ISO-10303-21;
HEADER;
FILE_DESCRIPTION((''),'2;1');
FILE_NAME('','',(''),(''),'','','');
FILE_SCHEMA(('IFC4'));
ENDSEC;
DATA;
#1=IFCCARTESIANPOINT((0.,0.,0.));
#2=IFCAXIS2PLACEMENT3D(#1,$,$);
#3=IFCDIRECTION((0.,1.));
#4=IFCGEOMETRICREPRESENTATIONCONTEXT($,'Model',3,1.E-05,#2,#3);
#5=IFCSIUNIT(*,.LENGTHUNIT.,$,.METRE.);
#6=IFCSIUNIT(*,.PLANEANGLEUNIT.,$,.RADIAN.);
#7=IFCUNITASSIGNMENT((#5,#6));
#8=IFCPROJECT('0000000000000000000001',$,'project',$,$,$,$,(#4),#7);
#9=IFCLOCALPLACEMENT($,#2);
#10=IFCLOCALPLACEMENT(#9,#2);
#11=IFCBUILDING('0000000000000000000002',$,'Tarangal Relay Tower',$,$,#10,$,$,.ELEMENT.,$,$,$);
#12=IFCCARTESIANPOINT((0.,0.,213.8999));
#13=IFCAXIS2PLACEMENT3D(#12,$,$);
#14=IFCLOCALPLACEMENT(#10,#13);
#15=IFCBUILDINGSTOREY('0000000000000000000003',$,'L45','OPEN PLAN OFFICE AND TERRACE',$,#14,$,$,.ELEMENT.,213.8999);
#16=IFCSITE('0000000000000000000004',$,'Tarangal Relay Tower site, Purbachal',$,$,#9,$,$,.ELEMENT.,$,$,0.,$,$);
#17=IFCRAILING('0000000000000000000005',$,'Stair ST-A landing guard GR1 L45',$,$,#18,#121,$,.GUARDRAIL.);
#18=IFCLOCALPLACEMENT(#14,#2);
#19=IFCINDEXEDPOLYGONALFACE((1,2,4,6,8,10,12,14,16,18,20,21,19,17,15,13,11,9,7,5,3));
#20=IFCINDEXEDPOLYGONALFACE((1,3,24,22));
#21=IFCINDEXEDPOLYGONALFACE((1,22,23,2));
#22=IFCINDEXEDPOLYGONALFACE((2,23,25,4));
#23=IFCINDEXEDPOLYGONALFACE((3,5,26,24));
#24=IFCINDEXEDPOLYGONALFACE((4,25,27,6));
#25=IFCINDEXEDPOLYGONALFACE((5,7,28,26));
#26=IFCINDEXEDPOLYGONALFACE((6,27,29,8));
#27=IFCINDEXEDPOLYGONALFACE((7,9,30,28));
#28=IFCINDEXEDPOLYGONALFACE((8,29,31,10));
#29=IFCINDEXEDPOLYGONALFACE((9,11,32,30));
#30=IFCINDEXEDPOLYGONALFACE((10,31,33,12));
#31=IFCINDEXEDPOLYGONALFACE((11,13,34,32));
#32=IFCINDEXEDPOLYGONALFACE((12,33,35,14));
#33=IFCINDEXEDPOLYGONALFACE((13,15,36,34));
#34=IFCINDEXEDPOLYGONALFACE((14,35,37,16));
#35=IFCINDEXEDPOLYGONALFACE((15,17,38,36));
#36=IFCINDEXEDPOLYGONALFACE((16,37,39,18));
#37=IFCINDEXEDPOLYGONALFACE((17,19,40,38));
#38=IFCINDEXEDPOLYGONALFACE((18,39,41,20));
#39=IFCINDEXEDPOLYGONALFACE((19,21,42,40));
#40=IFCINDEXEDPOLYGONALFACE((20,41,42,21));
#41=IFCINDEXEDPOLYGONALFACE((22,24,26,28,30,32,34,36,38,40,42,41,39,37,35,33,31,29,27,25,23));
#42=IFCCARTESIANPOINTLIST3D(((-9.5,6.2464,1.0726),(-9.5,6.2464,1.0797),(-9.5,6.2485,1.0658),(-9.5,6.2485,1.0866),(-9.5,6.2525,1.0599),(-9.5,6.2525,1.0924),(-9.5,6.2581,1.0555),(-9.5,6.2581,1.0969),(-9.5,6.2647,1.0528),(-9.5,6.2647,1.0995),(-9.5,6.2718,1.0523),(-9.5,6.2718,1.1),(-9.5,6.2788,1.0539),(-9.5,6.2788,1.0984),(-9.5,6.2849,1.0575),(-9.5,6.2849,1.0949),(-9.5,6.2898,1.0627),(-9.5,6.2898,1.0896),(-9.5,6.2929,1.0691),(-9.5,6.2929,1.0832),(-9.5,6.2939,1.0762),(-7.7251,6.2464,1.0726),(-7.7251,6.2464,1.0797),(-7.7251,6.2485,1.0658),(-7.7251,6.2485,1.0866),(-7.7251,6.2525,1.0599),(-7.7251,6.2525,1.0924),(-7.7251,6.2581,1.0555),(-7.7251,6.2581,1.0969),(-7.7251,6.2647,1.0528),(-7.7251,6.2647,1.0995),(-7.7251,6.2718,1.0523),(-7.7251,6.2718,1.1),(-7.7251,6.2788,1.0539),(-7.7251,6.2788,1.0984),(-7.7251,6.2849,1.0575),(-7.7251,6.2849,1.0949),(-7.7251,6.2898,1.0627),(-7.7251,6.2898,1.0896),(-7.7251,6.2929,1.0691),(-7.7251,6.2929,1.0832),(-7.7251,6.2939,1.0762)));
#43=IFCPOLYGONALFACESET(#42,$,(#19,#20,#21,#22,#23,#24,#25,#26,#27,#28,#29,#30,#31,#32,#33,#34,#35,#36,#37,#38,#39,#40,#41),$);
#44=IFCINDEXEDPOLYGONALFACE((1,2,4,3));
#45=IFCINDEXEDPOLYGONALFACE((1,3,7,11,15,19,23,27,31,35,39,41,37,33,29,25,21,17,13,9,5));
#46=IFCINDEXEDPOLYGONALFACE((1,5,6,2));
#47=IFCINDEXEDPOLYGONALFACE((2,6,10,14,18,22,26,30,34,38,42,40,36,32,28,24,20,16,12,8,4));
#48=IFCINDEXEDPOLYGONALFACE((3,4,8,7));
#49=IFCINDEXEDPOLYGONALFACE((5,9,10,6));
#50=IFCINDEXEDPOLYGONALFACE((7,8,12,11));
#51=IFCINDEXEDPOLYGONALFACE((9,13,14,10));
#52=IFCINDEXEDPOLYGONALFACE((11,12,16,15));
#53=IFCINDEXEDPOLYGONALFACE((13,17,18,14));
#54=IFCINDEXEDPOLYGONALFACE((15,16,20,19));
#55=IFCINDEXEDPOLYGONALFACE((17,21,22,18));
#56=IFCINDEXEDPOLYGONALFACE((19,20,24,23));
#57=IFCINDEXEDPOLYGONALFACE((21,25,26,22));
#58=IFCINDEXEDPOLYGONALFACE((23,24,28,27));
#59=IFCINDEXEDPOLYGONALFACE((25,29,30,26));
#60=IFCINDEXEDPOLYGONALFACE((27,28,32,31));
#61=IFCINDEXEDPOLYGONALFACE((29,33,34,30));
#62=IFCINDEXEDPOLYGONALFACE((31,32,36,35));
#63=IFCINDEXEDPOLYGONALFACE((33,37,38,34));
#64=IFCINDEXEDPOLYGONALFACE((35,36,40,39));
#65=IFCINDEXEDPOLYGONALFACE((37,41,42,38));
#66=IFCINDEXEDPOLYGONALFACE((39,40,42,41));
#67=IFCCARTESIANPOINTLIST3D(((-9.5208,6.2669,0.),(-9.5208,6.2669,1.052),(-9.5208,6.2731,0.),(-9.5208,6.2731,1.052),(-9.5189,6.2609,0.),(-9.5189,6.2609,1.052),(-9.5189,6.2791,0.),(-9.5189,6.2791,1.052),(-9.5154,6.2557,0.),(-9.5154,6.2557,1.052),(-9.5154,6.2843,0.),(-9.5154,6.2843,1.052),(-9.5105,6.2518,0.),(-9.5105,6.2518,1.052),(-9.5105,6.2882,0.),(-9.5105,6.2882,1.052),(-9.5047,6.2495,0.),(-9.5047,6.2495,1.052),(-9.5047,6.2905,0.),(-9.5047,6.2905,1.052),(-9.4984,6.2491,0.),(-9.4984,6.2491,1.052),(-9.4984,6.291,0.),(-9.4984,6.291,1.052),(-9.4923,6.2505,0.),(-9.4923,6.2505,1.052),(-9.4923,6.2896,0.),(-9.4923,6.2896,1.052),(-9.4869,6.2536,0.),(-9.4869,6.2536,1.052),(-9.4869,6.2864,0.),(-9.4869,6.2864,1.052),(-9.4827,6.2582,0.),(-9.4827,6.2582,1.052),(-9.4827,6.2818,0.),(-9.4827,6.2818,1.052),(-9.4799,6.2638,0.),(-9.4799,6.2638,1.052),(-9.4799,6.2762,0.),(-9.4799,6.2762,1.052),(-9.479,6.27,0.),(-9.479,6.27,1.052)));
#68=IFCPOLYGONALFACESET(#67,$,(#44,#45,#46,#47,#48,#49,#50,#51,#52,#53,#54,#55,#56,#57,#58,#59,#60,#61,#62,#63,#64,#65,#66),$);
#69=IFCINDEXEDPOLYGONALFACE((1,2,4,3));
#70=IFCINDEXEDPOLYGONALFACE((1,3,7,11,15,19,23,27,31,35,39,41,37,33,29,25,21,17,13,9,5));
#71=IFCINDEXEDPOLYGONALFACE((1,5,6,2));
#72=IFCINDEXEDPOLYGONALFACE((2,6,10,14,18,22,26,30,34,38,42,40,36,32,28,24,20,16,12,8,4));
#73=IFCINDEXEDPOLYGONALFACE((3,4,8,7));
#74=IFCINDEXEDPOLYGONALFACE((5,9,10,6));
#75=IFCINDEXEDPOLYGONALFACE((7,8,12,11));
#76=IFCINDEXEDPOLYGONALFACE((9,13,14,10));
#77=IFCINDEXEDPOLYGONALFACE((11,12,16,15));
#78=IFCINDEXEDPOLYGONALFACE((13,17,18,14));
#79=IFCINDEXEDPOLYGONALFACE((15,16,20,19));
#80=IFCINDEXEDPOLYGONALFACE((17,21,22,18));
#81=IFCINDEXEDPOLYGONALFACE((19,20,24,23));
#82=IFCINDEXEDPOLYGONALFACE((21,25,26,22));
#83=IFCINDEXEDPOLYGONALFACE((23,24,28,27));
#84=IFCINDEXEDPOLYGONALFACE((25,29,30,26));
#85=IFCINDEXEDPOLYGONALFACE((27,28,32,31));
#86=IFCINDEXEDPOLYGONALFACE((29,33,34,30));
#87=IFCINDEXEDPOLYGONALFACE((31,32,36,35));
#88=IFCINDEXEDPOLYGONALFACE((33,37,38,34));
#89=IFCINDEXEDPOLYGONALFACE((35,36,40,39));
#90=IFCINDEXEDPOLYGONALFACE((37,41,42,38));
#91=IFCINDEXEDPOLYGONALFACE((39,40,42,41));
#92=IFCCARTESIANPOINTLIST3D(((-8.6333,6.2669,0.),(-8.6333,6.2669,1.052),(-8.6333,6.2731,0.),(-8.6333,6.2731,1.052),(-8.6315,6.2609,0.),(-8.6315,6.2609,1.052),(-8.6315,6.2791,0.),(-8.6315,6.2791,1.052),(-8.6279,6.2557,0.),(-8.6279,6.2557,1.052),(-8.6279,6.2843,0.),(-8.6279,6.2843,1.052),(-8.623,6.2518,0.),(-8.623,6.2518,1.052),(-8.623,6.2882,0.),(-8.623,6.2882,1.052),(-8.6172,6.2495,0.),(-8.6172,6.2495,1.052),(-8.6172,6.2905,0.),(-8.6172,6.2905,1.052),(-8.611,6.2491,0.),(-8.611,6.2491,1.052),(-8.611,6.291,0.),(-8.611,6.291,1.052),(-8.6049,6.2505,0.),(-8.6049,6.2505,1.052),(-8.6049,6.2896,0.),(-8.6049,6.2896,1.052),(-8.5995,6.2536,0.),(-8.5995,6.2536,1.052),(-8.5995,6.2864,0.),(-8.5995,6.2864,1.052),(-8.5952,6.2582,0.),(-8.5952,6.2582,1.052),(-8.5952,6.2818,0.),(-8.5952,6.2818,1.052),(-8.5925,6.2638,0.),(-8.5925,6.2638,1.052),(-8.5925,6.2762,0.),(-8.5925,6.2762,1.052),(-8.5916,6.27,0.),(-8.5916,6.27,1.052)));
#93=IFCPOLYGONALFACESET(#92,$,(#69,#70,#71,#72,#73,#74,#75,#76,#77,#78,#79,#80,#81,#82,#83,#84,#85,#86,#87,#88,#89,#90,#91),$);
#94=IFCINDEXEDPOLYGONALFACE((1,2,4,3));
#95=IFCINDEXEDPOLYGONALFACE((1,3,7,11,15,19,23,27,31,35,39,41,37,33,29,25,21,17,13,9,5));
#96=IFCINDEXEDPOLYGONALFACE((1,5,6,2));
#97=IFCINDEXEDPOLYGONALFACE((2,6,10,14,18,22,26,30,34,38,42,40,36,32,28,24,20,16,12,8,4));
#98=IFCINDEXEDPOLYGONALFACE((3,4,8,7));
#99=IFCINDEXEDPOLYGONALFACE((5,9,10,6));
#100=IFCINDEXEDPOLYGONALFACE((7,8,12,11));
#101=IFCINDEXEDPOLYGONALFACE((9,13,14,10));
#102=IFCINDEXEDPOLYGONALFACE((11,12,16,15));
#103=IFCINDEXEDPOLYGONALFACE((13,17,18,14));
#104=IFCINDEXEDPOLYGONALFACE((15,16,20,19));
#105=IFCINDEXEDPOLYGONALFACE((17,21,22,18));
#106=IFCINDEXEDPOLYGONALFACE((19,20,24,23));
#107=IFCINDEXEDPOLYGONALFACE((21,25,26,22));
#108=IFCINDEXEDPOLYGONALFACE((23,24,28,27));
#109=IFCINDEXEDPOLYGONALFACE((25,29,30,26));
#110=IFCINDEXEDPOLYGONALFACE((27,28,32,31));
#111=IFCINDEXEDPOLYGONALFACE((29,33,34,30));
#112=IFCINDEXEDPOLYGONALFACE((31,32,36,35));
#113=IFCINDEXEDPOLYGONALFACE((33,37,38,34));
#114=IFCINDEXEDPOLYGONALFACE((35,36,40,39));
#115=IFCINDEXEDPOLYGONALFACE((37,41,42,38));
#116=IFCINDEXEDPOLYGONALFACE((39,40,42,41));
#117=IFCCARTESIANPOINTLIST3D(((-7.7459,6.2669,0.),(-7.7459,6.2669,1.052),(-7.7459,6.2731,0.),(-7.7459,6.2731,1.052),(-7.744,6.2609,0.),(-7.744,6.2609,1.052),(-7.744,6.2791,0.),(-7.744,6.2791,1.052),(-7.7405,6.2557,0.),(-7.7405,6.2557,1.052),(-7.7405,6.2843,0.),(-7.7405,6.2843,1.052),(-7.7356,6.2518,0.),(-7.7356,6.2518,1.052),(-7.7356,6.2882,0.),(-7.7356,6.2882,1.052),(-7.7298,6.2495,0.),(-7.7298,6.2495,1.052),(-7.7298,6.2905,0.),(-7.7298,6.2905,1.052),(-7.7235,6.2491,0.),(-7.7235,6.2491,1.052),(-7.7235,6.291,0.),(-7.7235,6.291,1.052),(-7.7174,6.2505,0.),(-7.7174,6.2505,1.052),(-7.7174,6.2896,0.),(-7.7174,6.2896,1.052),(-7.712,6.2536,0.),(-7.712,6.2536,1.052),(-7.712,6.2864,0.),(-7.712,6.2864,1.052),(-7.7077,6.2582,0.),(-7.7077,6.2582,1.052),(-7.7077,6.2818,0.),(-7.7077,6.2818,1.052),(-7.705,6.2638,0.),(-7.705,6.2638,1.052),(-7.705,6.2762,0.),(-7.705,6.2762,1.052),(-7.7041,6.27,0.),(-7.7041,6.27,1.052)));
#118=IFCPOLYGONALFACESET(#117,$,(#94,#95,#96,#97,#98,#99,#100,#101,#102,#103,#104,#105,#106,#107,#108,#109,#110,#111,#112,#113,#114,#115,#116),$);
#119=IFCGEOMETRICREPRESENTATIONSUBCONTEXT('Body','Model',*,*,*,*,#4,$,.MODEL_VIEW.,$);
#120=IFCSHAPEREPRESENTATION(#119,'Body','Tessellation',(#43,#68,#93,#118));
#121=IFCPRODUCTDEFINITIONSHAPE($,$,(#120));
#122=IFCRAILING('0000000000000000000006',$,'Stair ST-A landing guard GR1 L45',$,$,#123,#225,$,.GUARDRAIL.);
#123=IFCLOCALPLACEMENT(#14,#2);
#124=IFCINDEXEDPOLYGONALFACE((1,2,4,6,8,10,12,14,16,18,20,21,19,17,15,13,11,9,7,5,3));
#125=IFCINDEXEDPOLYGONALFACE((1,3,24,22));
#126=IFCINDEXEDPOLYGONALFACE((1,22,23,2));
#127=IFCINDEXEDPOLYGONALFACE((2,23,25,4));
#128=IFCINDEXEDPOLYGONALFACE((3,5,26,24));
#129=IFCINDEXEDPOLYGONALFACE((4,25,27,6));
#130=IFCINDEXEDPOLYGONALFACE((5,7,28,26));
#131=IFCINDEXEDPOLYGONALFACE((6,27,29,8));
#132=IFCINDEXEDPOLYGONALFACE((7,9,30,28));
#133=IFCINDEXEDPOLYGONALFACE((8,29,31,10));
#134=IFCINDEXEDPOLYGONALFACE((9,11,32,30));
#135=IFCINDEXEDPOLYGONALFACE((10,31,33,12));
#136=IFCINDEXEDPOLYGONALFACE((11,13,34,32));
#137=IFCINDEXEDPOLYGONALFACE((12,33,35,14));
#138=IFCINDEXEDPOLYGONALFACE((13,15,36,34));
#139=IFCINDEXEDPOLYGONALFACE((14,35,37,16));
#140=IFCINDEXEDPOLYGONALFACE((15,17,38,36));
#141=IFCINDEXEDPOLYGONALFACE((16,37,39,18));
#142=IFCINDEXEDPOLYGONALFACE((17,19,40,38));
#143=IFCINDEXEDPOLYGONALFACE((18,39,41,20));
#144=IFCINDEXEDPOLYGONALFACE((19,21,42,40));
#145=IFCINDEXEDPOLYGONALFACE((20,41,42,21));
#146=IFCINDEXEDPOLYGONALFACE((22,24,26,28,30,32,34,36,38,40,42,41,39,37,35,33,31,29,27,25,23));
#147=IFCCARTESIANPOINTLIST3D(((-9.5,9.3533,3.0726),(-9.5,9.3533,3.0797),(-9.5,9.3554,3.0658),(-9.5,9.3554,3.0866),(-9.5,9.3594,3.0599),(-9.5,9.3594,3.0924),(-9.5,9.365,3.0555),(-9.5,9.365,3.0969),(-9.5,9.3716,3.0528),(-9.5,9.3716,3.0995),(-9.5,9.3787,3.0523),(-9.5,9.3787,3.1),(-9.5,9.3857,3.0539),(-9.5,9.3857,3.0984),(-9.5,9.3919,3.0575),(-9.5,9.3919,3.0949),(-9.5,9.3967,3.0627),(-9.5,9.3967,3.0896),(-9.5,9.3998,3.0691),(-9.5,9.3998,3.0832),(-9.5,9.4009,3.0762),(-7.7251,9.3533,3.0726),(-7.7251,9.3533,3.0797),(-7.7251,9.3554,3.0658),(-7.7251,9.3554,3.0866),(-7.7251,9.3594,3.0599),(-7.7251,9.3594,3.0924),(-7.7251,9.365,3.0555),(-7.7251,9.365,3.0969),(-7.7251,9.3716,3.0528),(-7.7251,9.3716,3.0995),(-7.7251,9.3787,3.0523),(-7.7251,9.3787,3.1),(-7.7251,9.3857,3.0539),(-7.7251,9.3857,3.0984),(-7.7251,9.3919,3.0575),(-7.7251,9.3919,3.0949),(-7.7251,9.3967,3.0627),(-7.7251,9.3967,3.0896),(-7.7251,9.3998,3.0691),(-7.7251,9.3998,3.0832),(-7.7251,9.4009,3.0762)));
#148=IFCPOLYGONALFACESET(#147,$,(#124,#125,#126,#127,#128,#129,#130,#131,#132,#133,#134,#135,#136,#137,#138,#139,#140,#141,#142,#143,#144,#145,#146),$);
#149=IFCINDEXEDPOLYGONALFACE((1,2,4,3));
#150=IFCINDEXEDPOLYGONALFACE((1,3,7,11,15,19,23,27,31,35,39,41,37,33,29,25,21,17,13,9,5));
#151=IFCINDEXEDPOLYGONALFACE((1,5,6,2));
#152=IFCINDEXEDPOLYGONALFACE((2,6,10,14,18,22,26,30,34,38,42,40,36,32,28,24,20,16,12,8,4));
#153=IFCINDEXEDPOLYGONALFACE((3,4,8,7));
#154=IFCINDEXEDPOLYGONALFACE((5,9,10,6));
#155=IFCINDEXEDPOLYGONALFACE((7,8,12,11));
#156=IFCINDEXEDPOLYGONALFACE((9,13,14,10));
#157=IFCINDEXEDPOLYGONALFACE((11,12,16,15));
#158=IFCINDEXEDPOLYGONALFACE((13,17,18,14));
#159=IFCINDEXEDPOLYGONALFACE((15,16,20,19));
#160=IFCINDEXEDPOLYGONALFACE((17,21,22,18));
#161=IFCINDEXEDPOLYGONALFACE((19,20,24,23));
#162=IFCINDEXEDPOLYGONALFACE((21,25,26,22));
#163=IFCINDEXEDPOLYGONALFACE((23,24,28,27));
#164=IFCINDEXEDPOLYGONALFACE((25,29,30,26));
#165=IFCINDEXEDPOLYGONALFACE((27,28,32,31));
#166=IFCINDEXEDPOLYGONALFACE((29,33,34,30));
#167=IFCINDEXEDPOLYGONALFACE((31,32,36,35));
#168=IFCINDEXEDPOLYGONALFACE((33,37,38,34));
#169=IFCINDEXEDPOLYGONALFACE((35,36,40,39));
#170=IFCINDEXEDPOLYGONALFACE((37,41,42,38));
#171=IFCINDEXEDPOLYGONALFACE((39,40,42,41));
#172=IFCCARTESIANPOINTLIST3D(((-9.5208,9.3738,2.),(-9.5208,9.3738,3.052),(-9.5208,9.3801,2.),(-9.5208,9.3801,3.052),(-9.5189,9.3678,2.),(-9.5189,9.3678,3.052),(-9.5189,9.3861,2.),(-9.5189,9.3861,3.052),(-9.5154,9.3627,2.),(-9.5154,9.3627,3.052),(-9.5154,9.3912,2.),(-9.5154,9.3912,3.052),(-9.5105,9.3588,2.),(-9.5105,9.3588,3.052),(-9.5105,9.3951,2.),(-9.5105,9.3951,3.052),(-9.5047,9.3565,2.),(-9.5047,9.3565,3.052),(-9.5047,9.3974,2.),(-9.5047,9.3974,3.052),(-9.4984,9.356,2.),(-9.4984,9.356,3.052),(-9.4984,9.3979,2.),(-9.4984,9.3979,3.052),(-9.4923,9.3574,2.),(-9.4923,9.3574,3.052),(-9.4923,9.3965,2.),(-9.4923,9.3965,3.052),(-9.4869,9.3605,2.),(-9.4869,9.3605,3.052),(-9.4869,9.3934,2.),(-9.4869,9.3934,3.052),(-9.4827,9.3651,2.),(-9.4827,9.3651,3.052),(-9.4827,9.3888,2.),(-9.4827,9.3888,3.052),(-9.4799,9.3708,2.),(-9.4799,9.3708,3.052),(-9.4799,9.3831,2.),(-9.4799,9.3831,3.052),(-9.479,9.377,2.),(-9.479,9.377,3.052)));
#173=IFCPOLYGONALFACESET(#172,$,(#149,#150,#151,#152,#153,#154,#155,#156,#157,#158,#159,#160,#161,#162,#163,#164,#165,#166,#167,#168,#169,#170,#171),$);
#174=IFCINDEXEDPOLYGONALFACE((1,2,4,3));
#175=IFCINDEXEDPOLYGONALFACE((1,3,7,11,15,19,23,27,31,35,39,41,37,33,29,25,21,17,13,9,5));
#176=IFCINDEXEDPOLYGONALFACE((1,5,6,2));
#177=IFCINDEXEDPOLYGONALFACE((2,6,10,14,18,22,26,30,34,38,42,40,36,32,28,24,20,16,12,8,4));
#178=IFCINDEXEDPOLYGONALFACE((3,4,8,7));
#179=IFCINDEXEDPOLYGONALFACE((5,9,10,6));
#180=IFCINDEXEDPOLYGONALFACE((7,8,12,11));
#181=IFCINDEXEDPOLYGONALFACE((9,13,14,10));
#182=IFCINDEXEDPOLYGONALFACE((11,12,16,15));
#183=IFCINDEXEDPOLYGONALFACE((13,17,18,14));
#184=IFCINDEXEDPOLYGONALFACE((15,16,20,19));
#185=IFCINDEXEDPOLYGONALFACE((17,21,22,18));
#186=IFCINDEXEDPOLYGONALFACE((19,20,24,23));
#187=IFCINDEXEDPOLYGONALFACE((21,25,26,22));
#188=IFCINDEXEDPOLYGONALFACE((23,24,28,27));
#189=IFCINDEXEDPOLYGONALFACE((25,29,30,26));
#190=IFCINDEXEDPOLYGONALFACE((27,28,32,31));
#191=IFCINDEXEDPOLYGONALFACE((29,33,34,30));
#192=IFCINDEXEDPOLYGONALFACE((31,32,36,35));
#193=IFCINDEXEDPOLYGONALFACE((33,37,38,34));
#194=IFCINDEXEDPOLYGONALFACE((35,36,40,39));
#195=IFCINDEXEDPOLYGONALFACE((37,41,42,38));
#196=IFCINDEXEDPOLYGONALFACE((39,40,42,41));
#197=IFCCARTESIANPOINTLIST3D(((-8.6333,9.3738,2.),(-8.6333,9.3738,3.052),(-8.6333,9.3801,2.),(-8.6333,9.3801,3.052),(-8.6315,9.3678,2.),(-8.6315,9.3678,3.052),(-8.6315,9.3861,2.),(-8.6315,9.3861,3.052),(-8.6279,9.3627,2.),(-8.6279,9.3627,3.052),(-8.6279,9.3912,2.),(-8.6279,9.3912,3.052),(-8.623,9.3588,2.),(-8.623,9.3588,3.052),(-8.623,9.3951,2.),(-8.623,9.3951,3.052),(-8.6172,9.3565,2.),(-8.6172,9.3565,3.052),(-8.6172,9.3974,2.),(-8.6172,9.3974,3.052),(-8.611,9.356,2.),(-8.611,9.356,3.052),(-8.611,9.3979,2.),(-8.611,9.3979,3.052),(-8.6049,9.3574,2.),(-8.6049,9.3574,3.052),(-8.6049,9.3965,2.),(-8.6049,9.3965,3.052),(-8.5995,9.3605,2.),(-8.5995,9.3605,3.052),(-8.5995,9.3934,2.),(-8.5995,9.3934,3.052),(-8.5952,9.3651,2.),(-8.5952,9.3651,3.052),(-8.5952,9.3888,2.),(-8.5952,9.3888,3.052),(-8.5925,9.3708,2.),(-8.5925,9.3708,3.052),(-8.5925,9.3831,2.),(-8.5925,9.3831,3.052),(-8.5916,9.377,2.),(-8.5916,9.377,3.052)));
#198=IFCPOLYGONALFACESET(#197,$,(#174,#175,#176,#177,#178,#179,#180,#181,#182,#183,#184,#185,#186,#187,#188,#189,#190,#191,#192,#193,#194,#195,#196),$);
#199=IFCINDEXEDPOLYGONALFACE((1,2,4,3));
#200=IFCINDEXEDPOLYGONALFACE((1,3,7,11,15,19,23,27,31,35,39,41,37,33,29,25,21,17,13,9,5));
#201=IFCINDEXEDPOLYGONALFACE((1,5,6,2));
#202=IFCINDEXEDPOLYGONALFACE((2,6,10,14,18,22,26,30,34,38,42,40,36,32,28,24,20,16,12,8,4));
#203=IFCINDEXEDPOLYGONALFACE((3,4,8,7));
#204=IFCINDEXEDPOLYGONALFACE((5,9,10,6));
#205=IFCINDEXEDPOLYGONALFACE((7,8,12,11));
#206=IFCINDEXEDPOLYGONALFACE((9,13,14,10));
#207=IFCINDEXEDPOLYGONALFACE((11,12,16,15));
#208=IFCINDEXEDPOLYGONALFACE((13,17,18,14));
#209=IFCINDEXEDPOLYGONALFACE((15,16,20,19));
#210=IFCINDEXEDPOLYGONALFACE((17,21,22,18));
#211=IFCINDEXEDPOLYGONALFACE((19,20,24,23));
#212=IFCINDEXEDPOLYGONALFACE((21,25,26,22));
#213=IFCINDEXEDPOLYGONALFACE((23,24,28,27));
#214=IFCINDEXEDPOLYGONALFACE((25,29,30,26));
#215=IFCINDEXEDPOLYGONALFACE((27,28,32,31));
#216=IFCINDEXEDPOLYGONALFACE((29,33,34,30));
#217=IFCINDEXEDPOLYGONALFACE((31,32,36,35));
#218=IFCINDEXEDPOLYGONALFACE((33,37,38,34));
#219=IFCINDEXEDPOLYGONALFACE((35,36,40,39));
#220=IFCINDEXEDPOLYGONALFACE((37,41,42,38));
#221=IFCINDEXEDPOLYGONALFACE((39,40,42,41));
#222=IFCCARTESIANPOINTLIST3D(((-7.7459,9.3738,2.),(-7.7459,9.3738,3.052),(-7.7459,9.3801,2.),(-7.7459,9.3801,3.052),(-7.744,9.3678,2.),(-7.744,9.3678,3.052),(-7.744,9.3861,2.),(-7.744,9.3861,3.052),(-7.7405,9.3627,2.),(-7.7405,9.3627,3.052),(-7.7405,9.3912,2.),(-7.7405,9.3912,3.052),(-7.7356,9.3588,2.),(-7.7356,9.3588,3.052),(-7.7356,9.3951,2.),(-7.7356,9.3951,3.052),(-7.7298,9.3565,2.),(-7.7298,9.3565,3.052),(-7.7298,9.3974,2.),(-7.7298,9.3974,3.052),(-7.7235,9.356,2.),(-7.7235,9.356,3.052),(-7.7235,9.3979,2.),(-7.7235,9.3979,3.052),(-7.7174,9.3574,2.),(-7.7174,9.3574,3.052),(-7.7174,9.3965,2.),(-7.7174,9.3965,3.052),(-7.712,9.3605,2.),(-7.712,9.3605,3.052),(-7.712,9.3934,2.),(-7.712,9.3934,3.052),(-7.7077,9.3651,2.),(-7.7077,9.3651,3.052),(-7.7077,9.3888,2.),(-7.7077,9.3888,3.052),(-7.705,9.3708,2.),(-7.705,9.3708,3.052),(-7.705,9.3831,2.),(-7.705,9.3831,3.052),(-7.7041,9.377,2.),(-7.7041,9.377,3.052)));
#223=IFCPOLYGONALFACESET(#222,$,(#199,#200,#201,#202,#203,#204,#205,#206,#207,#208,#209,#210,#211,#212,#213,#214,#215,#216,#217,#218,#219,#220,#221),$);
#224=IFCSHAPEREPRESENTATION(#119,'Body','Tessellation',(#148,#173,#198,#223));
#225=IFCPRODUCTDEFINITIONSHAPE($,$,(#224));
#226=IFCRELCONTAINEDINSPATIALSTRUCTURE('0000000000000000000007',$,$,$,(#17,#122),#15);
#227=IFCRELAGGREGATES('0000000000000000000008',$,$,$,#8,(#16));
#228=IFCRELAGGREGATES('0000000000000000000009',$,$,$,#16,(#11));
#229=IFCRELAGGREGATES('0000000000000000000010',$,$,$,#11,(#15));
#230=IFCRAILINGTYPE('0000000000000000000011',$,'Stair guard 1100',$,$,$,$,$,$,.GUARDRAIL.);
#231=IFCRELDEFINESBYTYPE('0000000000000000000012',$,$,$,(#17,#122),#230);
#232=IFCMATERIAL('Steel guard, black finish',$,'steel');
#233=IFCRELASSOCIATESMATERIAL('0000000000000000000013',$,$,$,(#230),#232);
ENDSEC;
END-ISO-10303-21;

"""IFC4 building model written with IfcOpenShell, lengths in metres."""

from ifc_helpers import new_model, si_unit, direction, frame, origin, origin_2d, place, context, subcontext, project, spatial, circle, extrude, material, type_object, element, save


model = new_model("IFC4")

# Units and contexts
model_context = context("Model", 3, precision=1e-05, world=origin(), true_north=direction((0.0, 1.0)))
body_context = subcontext(model_context, "Body", "Model", "MODEL_VIEW")
ifc_project = project(units=[si_unit("LENGTHUNIT", "METRE"), si_unit("PLANEANGLEUNIT", "RADIAN")], contexts=[model_context])

# Site, building, storey
site_placement = place(None, origin())
site = spatial("IfcSite", under=ifc_project, at=site_placement, Name="Tarangal Relay Tower site, Purbachal", CompositionType="ELEMENT", RefElevation=0.0)
building_placement = place(site_placement, origin())
building = spatial("IfcBuilding", under=site, at=building_placement, Name="Tarangal Relay Tower", CompositionType="ELEMENT")
storey_placement = place(building_placement, frame((0.0, 0.0, 213.8999)))
storey = spatial("IfcBuildingStorey", under=building, at=storey_placement, Name="L45", Description="OPEN PLAN OFFICE AND TERRACE", CompositionType="ELEMENT", Elevation=213.8999)

# Railings
ifc_material_1 = material(Name="Steel guard, black finish", Category="steel")
railing_type_1 = type_object("IfcRailingType", Name="Stair guard 1100", PredefinedType="GUARDRAIL", material=ifc_material_1)
for number, where, name in (
    (1, (-9.5, 6.27, 0.0), "Stair ST-A landing guard GR1 L45"),
    (2, (-9.5, 9.377, 2.0), "Stair ST-A landing guard GR1 L45"),
):
    element("IfcRailing", number, at=place(storey_placement, frame(where)), inside=storey, type_object=railing_type_1, Name=name, PredefinedType="GUARDRAIL", context=body_context, shape_type="SweptSolid", body=[
        extrude(circle(Radius=0.0239, at=origin_2d()), frame((0.0, 0.0, 1.0762), z_axis=(1.0, 0.0, 0.0), x_axis=(0.0, 1.0, 0.0)), (0.0, 0.0, 1.0), 1.7749),
        extrude(circle(Radius=0.021, at=origin_2d()), origin(), (0.0, 0.0, 1.0), 1.052),
        extrude(circle(Radius=0.021, at=origin_2d()), frame((0.8875, 0.0, 0.0)), (0.0, 0.0, 1.0), 1.052),
        extrude(circle(Radius=0.021, at=origin_2d()), frame((1.7749, 0.0, 0.0)), (0.0, 0.0, 1.0), 1.052),
    ])

save(model, "model.ifc")
